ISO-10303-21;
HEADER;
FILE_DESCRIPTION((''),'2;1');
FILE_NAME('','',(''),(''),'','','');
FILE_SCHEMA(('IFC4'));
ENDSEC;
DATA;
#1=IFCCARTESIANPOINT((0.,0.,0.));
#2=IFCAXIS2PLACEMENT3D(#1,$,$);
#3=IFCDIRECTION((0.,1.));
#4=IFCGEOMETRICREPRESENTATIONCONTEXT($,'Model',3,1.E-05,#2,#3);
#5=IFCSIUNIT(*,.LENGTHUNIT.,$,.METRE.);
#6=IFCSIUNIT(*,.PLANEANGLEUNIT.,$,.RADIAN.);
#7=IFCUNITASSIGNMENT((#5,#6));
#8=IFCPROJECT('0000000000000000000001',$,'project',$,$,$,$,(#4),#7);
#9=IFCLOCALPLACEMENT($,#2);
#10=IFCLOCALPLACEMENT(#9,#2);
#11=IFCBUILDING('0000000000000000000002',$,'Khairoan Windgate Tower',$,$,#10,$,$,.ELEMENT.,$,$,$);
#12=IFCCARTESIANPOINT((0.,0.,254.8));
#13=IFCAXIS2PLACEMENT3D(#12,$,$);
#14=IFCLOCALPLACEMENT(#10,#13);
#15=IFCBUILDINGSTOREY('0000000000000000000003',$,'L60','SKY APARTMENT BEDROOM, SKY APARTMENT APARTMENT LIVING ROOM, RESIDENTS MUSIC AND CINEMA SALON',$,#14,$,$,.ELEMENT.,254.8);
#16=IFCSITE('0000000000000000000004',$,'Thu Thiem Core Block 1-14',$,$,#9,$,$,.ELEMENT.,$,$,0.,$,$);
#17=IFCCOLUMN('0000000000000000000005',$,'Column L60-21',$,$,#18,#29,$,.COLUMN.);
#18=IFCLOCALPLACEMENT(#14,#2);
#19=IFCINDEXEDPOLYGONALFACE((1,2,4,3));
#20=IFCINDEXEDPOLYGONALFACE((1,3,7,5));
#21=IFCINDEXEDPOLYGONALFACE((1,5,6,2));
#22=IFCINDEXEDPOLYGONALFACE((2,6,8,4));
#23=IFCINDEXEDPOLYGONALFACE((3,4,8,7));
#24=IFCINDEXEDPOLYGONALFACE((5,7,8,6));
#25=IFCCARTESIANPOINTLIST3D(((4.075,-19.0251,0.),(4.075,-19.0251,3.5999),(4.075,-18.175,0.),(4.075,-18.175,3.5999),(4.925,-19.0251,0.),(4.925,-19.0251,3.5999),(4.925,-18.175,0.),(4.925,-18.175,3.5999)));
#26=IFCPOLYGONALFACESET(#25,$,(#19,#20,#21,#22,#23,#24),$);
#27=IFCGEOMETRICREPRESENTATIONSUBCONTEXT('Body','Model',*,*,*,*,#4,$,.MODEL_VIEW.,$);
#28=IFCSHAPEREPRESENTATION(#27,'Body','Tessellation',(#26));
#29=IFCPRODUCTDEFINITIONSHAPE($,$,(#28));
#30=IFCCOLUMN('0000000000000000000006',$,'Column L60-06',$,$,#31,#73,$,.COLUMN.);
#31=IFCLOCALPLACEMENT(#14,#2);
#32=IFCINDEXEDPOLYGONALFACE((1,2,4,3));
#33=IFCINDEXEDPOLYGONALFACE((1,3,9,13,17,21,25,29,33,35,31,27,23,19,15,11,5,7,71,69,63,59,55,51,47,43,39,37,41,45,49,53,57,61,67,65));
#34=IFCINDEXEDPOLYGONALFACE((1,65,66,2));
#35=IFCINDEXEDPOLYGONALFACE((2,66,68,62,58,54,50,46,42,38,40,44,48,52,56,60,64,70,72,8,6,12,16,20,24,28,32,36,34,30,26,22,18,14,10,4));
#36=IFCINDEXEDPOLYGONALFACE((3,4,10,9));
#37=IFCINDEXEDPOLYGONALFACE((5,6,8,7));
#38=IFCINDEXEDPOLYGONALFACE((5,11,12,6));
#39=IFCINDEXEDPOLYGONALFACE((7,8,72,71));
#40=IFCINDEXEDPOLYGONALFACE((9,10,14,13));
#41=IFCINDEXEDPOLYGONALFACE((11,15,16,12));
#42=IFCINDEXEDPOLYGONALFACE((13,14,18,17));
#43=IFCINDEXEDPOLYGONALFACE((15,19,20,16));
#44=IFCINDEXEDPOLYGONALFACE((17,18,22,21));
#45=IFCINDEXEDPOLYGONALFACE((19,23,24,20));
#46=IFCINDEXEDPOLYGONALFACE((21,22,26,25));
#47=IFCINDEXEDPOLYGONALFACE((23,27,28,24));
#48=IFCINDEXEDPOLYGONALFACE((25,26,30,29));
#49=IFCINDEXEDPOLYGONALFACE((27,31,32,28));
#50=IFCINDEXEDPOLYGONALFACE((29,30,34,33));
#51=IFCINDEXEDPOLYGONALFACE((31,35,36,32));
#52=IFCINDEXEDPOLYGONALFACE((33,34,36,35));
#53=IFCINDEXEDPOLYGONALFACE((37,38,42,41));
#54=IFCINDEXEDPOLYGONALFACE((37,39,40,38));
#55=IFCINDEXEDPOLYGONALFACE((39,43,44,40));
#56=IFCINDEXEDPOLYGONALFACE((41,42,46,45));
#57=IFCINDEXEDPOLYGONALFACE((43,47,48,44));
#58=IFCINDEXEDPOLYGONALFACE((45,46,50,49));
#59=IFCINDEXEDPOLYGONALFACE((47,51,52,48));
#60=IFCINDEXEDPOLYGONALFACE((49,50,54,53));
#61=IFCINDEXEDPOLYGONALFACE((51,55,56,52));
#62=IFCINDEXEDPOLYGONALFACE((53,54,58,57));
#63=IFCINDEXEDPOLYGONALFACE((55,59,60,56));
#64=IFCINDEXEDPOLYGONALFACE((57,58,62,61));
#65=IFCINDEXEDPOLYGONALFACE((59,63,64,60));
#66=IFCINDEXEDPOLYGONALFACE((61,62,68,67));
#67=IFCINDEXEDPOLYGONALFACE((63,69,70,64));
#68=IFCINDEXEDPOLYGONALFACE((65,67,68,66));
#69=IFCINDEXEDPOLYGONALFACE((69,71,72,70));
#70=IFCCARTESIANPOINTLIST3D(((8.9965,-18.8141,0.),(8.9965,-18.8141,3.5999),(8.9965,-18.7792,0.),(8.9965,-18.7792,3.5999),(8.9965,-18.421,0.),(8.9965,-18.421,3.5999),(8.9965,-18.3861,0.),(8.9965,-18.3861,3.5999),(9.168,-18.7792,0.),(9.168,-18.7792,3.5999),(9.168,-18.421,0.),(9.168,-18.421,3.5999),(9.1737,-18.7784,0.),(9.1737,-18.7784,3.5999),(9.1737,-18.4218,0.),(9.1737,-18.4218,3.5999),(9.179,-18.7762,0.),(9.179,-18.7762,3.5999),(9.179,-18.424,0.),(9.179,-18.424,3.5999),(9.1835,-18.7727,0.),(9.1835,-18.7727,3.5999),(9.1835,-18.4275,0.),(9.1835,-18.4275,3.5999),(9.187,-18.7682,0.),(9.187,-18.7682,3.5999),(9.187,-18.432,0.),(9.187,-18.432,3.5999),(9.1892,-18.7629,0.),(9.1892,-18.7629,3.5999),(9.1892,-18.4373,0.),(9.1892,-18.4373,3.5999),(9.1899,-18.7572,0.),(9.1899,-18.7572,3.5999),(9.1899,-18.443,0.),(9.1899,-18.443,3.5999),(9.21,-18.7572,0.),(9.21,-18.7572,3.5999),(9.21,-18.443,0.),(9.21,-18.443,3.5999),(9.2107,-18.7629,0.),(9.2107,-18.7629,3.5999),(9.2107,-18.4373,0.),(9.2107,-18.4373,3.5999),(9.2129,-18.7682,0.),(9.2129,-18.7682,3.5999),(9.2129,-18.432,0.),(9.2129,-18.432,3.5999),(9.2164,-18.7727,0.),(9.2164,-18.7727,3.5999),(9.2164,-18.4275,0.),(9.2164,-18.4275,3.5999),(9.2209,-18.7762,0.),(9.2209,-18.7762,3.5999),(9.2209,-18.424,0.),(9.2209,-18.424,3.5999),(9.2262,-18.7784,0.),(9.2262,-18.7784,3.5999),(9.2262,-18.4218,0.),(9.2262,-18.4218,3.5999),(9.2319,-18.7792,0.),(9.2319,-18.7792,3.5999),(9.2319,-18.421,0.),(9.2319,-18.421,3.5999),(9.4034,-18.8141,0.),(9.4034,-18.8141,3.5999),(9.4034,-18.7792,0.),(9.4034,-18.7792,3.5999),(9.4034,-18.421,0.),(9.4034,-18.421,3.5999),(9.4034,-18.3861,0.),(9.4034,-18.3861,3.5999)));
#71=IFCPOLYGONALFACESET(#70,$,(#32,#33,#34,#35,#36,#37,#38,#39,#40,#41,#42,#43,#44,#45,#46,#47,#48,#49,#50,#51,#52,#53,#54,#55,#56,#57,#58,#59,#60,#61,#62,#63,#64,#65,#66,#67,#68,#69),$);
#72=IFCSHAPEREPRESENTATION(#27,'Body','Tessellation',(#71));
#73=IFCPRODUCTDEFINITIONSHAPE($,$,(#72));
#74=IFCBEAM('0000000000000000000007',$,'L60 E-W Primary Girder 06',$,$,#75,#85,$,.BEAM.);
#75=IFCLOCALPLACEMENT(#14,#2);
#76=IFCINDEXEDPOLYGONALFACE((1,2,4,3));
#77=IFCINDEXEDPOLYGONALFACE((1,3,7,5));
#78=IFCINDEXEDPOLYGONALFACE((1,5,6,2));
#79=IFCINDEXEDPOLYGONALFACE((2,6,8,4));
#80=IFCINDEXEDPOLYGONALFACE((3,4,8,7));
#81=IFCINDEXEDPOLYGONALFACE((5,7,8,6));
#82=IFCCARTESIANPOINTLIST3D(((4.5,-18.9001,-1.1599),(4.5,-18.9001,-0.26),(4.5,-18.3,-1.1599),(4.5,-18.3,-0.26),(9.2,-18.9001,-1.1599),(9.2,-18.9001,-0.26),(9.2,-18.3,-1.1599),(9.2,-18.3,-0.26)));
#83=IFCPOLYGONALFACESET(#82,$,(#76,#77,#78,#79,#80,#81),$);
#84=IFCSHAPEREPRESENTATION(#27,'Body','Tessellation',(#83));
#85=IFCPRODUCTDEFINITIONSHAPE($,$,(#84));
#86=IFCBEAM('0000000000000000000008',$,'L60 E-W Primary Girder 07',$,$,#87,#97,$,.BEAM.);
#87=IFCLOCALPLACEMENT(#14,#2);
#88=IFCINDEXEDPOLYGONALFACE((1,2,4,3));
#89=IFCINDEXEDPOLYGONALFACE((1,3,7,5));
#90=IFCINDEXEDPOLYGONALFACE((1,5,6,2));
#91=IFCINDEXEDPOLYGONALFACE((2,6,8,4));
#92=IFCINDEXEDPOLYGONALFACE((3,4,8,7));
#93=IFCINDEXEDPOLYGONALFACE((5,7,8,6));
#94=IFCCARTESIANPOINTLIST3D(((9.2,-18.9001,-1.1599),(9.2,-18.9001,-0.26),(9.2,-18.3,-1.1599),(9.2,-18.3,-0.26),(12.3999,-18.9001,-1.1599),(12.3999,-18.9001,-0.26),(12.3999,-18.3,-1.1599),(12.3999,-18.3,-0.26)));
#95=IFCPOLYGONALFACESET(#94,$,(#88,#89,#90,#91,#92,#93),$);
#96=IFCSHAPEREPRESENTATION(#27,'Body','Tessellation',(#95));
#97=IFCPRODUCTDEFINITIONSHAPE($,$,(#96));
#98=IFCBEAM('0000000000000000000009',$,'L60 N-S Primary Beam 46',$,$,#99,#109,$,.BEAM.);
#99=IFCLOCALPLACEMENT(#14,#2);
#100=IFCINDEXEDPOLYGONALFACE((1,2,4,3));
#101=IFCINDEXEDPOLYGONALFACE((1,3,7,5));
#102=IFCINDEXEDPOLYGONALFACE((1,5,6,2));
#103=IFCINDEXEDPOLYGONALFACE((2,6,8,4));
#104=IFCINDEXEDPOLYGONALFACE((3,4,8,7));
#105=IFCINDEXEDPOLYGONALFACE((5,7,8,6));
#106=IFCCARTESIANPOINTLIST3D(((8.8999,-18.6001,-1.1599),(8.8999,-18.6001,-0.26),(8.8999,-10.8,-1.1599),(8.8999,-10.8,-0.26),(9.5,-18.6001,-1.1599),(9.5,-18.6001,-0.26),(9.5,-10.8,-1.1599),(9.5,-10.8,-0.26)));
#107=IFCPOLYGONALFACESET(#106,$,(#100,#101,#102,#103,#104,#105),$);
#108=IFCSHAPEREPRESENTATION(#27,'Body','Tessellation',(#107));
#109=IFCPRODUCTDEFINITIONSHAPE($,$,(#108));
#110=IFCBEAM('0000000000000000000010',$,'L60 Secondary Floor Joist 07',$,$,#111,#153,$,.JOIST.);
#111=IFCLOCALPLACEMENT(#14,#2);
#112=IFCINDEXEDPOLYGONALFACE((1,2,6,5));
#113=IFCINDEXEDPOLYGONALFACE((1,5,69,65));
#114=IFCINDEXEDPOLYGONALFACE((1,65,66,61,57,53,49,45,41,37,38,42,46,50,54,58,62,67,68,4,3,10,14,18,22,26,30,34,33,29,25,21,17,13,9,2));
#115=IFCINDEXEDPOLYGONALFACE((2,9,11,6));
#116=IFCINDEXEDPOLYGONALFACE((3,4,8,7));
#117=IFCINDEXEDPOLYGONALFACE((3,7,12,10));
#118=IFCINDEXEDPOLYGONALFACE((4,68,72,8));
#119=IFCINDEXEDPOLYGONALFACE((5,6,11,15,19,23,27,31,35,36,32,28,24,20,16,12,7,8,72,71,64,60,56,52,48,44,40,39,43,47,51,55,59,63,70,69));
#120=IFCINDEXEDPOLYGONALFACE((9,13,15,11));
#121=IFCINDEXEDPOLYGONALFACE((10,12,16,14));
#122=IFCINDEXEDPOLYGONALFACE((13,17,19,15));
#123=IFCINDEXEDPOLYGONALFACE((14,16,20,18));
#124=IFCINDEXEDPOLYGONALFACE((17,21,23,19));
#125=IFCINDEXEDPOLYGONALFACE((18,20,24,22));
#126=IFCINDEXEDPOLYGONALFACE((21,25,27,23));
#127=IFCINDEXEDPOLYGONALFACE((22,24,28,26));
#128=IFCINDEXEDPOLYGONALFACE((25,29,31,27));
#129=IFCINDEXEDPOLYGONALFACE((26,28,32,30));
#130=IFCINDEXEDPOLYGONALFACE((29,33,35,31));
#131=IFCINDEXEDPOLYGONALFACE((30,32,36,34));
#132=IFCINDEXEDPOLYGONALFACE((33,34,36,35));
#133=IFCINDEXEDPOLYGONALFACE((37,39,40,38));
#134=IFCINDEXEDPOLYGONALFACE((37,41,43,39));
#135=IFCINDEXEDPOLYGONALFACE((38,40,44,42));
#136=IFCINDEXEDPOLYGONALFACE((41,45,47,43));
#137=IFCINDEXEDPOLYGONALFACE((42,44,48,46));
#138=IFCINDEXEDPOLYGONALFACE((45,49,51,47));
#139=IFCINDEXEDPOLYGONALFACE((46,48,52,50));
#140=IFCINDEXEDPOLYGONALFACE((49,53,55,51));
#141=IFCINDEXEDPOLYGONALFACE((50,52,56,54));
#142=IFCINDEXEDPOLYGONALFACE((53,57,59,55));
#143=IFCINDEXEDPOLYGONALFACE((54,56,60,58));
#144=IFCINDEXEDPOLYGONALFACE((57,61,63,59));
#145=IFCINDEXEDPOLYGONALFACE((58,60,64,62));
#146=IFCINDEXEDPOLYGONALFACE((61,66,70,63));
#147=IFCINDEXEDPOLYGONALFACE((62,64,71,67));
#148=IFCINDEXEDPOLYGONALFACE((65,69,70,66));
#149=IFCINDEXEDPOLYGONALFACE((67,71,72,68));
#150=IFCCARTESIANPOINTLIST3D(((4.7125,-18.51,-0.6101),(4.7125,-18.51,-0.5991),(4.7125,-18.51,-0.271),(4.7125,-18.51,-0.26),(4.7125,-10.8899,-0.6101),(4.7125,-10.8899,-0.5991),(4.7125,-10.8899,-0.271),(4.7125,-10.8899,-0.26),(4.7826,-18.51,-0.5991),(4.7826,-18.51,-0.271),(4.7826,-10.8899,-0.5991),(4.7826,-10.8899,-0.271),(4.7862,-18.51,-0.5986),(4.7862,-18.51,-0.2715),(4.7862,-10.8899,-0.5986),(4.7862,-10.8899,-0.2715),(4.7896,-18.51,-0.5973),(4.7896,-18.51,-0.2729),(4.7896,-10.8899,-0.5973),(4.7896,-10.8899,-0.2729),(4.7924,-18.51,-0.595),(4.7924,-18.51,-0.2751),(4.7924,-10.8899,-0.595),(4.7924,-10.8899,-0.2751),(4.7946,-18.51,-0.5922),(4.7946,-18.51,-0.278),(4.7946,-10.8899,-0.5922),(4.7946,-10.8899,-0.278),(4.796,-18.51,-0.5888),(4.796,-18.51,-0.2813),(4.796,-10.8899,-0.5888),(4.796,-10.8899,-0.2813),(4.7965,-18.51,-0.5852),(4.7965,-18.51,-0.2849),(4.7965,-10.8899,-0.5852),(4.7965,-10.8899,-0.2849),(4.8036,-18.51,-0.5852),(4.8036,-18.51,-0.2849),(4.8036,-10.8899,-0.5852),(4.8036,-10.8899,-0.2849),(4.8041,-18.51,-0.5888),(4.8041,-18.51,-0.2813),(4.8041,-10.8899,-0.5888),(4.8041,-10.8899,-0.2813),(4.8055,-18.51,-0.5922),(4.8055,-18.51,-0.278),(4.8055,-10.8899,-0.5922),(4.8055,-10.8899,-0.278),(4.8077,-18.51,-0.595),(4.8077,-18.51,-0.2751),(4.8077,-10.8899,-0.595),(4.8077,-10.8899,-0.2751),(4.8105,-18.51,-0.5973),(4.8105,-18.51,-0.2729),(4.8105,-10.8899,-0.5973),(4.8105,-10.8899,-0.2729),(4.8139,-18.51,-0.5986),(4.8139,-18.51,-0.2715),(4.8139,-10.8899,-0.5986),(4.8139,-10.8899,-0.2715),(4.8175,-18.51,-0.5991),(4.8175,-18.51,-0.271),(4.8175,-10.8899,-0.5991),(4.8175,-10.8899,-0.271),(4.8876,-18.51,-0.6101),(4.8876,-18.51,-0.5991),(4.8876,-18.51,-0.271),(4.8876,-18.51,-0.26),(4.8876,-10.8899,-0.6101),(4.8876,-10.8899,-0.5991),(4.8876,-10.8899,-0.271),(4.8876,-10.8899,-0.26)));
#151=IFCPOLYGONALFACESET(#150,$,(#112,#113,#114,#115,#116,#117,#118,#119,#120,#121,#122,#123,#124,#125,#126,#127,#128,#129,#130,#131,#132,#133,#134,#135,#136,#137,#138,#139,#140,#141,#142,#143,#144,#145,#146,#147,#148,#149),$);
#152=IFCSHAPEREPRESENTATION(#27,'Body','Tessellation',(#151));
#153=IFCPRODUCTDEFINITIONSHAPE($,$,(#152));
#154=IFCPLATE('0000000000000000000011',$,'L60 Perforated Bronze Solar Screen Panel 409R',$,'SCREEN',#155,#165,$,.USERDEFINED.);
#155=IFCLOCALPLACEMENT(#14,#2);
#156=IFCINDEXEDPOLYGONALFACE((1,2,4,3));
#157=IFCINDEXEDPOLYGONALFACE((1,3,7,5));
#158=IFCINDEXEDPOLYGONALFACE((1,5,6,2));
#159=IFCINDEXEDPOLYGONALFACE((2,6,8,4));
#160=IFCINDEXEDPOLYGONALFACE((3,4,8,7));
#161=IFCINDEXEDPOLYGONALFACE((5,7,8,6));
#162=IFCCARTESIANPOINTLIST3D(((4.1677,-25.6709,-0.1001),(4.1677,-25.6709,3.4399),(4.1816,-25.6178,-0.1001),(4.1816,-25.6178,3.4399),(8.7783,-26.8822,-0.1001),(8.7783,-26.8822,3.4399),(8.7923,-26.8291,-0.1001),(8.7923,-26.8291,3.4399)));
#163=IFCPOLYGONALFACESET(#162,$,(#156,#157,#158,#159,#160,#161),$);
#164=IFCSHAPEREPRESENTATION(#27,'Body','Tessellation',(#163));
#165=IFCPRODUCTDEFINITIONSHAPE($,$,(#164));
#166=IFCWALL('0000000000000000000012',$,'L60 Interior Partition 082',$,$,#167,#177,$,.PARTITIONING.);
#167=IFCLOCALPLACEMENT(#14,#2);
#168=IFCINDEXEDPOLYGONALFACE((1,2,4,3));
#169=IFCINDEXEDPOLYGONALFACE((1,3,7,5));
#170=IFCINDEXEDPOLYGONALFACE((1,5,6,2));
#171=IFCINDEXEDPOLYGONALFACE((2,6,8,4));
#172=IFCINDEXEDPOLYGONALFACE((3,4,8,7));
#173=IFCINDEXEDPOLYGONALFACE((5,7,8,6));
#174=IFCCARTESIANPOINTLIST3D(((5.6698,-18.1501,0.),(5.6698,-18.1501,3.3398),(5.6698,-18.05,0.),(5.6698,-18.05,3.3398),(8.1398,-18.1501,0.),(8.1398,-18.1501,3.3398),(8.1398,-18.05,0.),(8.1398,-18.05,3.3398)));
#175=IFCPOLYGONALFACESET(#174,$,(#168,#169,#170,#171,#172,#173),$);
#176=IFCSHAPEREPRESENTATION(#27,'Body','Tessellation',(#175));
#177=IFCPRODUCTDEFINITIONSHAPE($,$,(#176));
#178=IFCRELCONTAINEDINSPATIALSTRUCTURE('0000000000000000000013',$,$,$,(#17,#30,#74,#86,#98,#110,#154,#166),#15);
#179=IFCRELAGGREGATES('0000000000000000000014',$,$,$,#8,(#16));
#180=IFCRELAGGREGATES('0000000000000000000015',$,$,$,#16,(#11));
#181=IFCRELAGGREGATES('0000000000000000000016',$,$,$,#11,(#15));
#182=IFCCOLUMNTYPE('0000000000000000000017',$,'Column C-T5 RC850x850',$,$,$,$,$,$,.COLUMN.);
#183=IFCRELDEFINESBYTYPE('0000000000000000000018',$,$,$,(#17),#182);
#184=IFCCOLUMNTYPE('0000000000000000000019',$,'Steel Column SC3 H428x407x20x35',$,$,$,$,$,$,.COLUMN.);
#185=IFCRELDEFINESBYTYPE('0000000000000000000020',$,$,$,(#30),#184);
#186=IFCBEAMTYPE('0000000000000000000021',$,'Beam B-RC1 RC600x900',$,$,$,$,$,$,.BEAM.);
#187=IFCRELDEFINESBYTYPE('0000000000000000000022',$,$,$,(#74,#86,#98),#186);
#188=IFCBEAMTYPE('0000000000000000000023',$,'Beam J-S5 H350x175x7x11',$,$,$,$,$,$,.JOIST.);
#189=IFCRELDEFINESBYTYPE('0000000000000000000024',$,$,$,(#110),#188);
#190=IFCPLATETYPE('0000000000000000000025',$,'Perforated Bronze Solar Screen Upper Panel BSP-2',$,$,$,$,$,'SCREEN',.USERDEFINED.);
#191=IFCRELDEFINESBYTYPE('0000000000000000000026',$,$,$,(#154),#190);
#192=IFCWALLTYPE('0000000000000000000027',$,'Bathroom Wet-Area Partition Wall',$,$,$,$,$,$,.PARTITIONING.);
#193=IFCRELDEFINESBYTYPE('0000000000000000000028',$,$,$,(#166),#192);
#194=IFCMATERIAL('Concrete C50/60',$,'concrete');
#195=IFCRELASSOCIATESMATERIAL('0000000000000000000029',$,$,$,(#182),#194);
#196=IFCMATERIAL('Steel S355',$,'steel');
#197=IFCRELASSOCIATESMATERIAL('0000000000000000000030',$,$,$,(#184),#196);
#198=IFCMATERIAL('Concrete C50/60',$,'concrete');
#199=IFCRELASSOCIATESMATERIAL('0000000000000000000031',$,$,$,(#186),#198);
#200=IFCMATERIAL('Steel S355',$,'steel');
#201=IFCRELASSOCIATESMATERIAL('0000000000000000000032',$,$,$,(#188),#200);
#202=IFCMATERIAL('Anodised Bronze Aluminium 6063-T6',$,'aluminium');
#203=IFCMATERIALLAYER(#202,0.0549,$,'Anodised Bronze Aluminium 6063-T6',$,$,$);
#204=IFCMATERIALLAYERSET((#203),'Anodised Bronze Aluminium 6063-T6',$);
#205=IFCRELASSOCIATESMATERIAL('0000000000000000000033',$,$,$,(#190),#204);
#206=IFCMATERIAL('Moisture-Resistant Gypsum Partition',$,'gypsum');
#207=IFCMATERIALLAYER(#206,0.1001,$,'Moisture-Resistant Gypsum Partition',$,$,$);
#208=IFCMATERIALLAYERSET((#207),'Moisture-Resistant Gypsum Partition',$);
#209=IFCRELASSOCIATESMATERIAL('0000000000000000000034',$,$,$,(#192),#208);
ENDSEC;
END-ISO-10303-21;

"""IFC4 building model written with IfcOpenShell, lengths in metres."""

from ifc_helpers import new_model, si_unit, direction, frame, frame_2d, origin, origin_2d, place, context, subcontext, project, spatial, rectangle, i_section, extrude, material, layer, layer_set, material_profile, profile_set, type_object, element, save


model = new_model("IFC4")

# Units and contexts
model_context = context("Model", 3, precision=1e-05, world=origin(), true_north=direction((0.0, 1.0)))
body_context = subcontext(model_context, "Body", "Model", "MODEL_VIEW")
ifc_project = project(units=[si_unit("LENGTHUNIT", "METRE"), si_unit("PLANEANGLEUNIT", "RADIAN")], contexts=[model_context])

# Site, building, storey
site_placement = place(None, origin())
site = spatial("IfcSite", under=ifc_project, at=site_placement, Name="Thu Thiem Core Block 1-14", CompositionType="ELEMENT", RefElevation=0.0)
building_placement = place(site_placement, origin())
building = spatial("IfcBuilding", under=site, at=building_placement, Name="Khairoan Windgate Tower", CompositionType="ELEMENT")
storey_placement = place(building_placement, frame((0.0, 0.0, 254.8)))
storey = spatial("IfcBuildingStorey", under=building, at=storey_placement, Name="L60", Description="SKY APARTMENT BEDROOM, SKY APARTMENT APARTMENT LIVING ROOM, RESIDENTS MUSIC AND CINEMA SALON", CompositionType="ELEMENT", Elevation=254.8)

# Columns
ifc_material_1 = material(Name="Concrete C50/60", Category="concrete")
ifc_material_profile_1 = material_profile(ifc_material_1, rectangle(XDim=0.8501, YDim=0.8501, at=origin_2d()))
ifc_profile_set_1 = profile_set([ifc_material_profile_1], Name="Concrete C50/60")
column_type_1 = type_object("IfcColumnType", Name="Column C-T5 RC850x850", PredefinedType="COLUMN", material=ifc_profile_set_1)
column_1_placement = place(storey_placement, frame((4.5, -18.6001, 0.0), z_axis=(0.0, 0.0, 1.0), x_axis=(1.0, 0.0, 0.0)))
element("IfcColumn", 1, at=column_1_placement, inside=storey, type_object=column_type_1, Name="Column L60-21", PredefinedType="COLUMN", context=body_context, shape_type="SweptSolid", body=[
    extrude(rectangle(XDim=0.8501, YDim=0.8501, at=origin_2d()), origin(), (0.0, 0.0, 1.0), 3.5999),
])
ifc_material_2 = material(Name="Steel S355", Category="steel")
ifc_material_profile_2 = material_profile(ifc_material_2, i_section(OverallWidth=0.407, OverallDepth=0.428, WebThickness=0.02, FlangeThickness=0.0349, FilletRadius=0.022, at=origin_2d()))
ifc_profile_set_2 = profile_set([ifc_material_profile_2], Name="Steel S355")
column_type_2 = type_object("IfcColumnType", Name="Steel Column SC3 H428x407x20x35", PredefinedType="COLUMN", material=ifc_profile_set_2)
column_2_placement = place(storey_placement, frame((9.2, -18.6001, 0.0), z_axis=(0.0, 0.0, 1.0), x_axis=(1.0, 0.0, 0.0)))
element("IfcColumn", 2, at=column_2_placement, inside=storey, type_object=column_type_2, Name="Column L60-06", PredefinedType="COLUMN", context=body_context, shape_type="SweptSolid", body=[
    extrude(i_section(OverallWidth=0.407, OverallDepth=0.428, WebThickness=0.02, FlangeThickness=0.0349, FilletRadius=0.022, at=origin_2d()), origin(), (0.0, 0.0, 1.0), 3.5999),
])

# Beams
ifc_material_3 = material(Name="Concrete C50/60", Category="concrete")
ifc_material_profile_3 = material_profile(ifc_material_3, rectangle(XDim=0.6001, YDim=0.8999, at=origin_2d()))
ifc_profile_set_3 = profile_set([ifc_material_profile_3], Name="Concrete C50/60")
beam_type_1 = type_object("IfcBeamType", Name="Beam B-RC1 RC600x900", PredefinedType="BEAM", material=ifc_profile_set_3)
beam_1_placement = place(storey_placement, frame((4.5, -18.6001, -0.71), z_axis=(1.0, 0.0, 0.0), x_axis=(0.0, 1.0, 0.0)))
element("IfcBeam", 3, at=beam_1_placement, inside=storey, type_object=beam_type_1, Name="L60 E-W Primary Girder 06", PredefinedType="BEAM", context=body_context, shape_type="SweptSolid", body=[
    extrude(rectangle(XDim=0.6001, YDim=0.8999, at=origin_2d()), origin(), (0.0, 0.0, 1.0), 4.7),
])
beam_2_placement = place(storey_placement, frame((9.2, -18.6001, -0.71), z_axis=(1.0, 0.0, 0.0), x_axis=(0.0, 1.0, 0.0)))
element("IfcBeam", 4, at=beam_2_placement, inside=storey, type_object=beam_type_1, Name="L60 E-W Primary Girder 07", PredefinedType="BEAM", context=body_context, shape_type="SweptSolid", body=[
    extrude(rectangle(XDim=0.6001, YDim=0.8999, at=origin_2d()), origin(), (0.0, 0.0, 1.0), 3.2),
])
beam_3_placement = place(storey_placement, frame((9.2, -18.6001, -0.71), z_axis=(0.0, 1.0, 0.0), x_axis=(-1.0, 0.0, 0.0)))
element("IfcBeam", 5, at=beam_3_placement, inside=storey, type_object=beam_type_1, Name="L60 N-S Primary Beam 46", PredefinedType="BEAM", context=body_context, shape_type="SweptSolid", body=[
    extrude(rectangle(XDim=0.6001, YDim=0.8999, at=origin_2d()), origin(), (0.0, 0.0, 1.0), 7.8),
])
ifc_material_4 = material(Name="Steel S355", Category="steel")
ifc_material_profile_4 = material_profile(ifc_material_4, i_section(OverallWidth=0.175, OverallDepth=0.3501, WebThickness=0.0071, FlangeThickness=0.011, FilletRadius=0.0139, at=origin_2d()))
ifc_profile_set_4 = profile_set([ifc_material_profile_4], Name="Steel S355")
beam_type_2 = type_object("IfcBeamType", Name="Beam J-S5 H350x175x7x11", PredefinedType="JOIST", material=ifc_profile_set_4)
beam_4_placement = place(storey_placement, frame((4.8, -18.51, -0.4351), z_axis=(0.0, 1.0, 0.0), x_axis=(-1.0, 0.0, 0.0)))
element("IfcBeam", 6, at=beam_4_placement, inside=storey, type_object=beam_type_2, Name="L60 Secondary Floor Joist 07", PredefinedType="JOIST", context=body_context, shape_type="SweptSolid", body=[
    extrude(i_section(OverallWidth=0.175, OverallDepth=0.3501, WebThickness=0.0071, FlangeThickness=0.011, FilletRadius=0.0139, at=origin_2d()), origin(), (0.0, 0.0, 1.0), 7.6201),
])

# Plate
ifc_material_5 = material(Name="Anodised Bronze Aluminium 6063-T6", Category="aluminium")
ifc_layer_1 = layer(ifc_material_5, 0.0549, Name="Anodised Bronze Aluminium 6063-T6")
ifc_layer_set_1 = layer_set([ifc_layer_1], Name="Anodised Bronze Aluminium 6063-T6")
plate_type = type_object("IfcPlateType", Name="Perforated Bronze Solar Screen Upper Panel BSP-2", ElementType="SCREEN", PredefinedType="USERDEFINED", material=ifc_layer_set_1)
plate_placement = place(storey_placement, frame((6.48, -26.25, -0.1001), z_axis=(0.0, 0.0, 1.0), x_axis=(-0.967179, 0.254096, 0.0)))
element("IfcPlate", 7, at=plate_placement, inside=storey, type_object=plate_type, Name="L60 Perforated Bronze Solar Screen Panel 409R", ObjectType="SCREEN", PredefinedType="USERDEFINED", context=body_context, shape_type="SweptSolid", body=[
    extrude(rectangle(XDim=4.7671, YDim=0.0549, at=origin_2d()), origin(), (0.0, 0.0, 1.0), 3.54),
])

# Wall
ifc_material_6 = material(Name="Moisture-Resistant Gypsum Partition", Category="gypsum")
ifc_layer_2 = layer(ifc_material_6, 0.1001, Name="Moisture-Resistant Gypsum Partition")
ifc_layer_set_2 = layer_set([ifc_layer_2], Name="Moisture-Resistant Gypsum Partition")
wall_type_1 = type_object("IfcWallType", Name="Bathroom Wet-Area Partition Wall", PredefinedType="PARTITIONING", material=ifc_layer_set_2)
wall_1_placement = place(storey_placement, frame((5.6699, -18.1001, 0.0), z_axis=(0.0, 0.0, 1.0), x_axis=(1.0, 0.0, 0.0)))
element("IfcWall", 8, at=wall_1_placement, inside=storey, type_object=wall_type_1, Name="L60 Interior Partition 082", PredefinedType="PARTITIONING", context=body_context, shape_type="SweptSolid", body=[
    extrude(rectangle(XDim=2.47, YDim=0.1001, at=frame_2d((1.2349, 0.0))), origin(), (0.0, 0.0, 1.0), 3.3398),
])

save(model, "model.ifc")
